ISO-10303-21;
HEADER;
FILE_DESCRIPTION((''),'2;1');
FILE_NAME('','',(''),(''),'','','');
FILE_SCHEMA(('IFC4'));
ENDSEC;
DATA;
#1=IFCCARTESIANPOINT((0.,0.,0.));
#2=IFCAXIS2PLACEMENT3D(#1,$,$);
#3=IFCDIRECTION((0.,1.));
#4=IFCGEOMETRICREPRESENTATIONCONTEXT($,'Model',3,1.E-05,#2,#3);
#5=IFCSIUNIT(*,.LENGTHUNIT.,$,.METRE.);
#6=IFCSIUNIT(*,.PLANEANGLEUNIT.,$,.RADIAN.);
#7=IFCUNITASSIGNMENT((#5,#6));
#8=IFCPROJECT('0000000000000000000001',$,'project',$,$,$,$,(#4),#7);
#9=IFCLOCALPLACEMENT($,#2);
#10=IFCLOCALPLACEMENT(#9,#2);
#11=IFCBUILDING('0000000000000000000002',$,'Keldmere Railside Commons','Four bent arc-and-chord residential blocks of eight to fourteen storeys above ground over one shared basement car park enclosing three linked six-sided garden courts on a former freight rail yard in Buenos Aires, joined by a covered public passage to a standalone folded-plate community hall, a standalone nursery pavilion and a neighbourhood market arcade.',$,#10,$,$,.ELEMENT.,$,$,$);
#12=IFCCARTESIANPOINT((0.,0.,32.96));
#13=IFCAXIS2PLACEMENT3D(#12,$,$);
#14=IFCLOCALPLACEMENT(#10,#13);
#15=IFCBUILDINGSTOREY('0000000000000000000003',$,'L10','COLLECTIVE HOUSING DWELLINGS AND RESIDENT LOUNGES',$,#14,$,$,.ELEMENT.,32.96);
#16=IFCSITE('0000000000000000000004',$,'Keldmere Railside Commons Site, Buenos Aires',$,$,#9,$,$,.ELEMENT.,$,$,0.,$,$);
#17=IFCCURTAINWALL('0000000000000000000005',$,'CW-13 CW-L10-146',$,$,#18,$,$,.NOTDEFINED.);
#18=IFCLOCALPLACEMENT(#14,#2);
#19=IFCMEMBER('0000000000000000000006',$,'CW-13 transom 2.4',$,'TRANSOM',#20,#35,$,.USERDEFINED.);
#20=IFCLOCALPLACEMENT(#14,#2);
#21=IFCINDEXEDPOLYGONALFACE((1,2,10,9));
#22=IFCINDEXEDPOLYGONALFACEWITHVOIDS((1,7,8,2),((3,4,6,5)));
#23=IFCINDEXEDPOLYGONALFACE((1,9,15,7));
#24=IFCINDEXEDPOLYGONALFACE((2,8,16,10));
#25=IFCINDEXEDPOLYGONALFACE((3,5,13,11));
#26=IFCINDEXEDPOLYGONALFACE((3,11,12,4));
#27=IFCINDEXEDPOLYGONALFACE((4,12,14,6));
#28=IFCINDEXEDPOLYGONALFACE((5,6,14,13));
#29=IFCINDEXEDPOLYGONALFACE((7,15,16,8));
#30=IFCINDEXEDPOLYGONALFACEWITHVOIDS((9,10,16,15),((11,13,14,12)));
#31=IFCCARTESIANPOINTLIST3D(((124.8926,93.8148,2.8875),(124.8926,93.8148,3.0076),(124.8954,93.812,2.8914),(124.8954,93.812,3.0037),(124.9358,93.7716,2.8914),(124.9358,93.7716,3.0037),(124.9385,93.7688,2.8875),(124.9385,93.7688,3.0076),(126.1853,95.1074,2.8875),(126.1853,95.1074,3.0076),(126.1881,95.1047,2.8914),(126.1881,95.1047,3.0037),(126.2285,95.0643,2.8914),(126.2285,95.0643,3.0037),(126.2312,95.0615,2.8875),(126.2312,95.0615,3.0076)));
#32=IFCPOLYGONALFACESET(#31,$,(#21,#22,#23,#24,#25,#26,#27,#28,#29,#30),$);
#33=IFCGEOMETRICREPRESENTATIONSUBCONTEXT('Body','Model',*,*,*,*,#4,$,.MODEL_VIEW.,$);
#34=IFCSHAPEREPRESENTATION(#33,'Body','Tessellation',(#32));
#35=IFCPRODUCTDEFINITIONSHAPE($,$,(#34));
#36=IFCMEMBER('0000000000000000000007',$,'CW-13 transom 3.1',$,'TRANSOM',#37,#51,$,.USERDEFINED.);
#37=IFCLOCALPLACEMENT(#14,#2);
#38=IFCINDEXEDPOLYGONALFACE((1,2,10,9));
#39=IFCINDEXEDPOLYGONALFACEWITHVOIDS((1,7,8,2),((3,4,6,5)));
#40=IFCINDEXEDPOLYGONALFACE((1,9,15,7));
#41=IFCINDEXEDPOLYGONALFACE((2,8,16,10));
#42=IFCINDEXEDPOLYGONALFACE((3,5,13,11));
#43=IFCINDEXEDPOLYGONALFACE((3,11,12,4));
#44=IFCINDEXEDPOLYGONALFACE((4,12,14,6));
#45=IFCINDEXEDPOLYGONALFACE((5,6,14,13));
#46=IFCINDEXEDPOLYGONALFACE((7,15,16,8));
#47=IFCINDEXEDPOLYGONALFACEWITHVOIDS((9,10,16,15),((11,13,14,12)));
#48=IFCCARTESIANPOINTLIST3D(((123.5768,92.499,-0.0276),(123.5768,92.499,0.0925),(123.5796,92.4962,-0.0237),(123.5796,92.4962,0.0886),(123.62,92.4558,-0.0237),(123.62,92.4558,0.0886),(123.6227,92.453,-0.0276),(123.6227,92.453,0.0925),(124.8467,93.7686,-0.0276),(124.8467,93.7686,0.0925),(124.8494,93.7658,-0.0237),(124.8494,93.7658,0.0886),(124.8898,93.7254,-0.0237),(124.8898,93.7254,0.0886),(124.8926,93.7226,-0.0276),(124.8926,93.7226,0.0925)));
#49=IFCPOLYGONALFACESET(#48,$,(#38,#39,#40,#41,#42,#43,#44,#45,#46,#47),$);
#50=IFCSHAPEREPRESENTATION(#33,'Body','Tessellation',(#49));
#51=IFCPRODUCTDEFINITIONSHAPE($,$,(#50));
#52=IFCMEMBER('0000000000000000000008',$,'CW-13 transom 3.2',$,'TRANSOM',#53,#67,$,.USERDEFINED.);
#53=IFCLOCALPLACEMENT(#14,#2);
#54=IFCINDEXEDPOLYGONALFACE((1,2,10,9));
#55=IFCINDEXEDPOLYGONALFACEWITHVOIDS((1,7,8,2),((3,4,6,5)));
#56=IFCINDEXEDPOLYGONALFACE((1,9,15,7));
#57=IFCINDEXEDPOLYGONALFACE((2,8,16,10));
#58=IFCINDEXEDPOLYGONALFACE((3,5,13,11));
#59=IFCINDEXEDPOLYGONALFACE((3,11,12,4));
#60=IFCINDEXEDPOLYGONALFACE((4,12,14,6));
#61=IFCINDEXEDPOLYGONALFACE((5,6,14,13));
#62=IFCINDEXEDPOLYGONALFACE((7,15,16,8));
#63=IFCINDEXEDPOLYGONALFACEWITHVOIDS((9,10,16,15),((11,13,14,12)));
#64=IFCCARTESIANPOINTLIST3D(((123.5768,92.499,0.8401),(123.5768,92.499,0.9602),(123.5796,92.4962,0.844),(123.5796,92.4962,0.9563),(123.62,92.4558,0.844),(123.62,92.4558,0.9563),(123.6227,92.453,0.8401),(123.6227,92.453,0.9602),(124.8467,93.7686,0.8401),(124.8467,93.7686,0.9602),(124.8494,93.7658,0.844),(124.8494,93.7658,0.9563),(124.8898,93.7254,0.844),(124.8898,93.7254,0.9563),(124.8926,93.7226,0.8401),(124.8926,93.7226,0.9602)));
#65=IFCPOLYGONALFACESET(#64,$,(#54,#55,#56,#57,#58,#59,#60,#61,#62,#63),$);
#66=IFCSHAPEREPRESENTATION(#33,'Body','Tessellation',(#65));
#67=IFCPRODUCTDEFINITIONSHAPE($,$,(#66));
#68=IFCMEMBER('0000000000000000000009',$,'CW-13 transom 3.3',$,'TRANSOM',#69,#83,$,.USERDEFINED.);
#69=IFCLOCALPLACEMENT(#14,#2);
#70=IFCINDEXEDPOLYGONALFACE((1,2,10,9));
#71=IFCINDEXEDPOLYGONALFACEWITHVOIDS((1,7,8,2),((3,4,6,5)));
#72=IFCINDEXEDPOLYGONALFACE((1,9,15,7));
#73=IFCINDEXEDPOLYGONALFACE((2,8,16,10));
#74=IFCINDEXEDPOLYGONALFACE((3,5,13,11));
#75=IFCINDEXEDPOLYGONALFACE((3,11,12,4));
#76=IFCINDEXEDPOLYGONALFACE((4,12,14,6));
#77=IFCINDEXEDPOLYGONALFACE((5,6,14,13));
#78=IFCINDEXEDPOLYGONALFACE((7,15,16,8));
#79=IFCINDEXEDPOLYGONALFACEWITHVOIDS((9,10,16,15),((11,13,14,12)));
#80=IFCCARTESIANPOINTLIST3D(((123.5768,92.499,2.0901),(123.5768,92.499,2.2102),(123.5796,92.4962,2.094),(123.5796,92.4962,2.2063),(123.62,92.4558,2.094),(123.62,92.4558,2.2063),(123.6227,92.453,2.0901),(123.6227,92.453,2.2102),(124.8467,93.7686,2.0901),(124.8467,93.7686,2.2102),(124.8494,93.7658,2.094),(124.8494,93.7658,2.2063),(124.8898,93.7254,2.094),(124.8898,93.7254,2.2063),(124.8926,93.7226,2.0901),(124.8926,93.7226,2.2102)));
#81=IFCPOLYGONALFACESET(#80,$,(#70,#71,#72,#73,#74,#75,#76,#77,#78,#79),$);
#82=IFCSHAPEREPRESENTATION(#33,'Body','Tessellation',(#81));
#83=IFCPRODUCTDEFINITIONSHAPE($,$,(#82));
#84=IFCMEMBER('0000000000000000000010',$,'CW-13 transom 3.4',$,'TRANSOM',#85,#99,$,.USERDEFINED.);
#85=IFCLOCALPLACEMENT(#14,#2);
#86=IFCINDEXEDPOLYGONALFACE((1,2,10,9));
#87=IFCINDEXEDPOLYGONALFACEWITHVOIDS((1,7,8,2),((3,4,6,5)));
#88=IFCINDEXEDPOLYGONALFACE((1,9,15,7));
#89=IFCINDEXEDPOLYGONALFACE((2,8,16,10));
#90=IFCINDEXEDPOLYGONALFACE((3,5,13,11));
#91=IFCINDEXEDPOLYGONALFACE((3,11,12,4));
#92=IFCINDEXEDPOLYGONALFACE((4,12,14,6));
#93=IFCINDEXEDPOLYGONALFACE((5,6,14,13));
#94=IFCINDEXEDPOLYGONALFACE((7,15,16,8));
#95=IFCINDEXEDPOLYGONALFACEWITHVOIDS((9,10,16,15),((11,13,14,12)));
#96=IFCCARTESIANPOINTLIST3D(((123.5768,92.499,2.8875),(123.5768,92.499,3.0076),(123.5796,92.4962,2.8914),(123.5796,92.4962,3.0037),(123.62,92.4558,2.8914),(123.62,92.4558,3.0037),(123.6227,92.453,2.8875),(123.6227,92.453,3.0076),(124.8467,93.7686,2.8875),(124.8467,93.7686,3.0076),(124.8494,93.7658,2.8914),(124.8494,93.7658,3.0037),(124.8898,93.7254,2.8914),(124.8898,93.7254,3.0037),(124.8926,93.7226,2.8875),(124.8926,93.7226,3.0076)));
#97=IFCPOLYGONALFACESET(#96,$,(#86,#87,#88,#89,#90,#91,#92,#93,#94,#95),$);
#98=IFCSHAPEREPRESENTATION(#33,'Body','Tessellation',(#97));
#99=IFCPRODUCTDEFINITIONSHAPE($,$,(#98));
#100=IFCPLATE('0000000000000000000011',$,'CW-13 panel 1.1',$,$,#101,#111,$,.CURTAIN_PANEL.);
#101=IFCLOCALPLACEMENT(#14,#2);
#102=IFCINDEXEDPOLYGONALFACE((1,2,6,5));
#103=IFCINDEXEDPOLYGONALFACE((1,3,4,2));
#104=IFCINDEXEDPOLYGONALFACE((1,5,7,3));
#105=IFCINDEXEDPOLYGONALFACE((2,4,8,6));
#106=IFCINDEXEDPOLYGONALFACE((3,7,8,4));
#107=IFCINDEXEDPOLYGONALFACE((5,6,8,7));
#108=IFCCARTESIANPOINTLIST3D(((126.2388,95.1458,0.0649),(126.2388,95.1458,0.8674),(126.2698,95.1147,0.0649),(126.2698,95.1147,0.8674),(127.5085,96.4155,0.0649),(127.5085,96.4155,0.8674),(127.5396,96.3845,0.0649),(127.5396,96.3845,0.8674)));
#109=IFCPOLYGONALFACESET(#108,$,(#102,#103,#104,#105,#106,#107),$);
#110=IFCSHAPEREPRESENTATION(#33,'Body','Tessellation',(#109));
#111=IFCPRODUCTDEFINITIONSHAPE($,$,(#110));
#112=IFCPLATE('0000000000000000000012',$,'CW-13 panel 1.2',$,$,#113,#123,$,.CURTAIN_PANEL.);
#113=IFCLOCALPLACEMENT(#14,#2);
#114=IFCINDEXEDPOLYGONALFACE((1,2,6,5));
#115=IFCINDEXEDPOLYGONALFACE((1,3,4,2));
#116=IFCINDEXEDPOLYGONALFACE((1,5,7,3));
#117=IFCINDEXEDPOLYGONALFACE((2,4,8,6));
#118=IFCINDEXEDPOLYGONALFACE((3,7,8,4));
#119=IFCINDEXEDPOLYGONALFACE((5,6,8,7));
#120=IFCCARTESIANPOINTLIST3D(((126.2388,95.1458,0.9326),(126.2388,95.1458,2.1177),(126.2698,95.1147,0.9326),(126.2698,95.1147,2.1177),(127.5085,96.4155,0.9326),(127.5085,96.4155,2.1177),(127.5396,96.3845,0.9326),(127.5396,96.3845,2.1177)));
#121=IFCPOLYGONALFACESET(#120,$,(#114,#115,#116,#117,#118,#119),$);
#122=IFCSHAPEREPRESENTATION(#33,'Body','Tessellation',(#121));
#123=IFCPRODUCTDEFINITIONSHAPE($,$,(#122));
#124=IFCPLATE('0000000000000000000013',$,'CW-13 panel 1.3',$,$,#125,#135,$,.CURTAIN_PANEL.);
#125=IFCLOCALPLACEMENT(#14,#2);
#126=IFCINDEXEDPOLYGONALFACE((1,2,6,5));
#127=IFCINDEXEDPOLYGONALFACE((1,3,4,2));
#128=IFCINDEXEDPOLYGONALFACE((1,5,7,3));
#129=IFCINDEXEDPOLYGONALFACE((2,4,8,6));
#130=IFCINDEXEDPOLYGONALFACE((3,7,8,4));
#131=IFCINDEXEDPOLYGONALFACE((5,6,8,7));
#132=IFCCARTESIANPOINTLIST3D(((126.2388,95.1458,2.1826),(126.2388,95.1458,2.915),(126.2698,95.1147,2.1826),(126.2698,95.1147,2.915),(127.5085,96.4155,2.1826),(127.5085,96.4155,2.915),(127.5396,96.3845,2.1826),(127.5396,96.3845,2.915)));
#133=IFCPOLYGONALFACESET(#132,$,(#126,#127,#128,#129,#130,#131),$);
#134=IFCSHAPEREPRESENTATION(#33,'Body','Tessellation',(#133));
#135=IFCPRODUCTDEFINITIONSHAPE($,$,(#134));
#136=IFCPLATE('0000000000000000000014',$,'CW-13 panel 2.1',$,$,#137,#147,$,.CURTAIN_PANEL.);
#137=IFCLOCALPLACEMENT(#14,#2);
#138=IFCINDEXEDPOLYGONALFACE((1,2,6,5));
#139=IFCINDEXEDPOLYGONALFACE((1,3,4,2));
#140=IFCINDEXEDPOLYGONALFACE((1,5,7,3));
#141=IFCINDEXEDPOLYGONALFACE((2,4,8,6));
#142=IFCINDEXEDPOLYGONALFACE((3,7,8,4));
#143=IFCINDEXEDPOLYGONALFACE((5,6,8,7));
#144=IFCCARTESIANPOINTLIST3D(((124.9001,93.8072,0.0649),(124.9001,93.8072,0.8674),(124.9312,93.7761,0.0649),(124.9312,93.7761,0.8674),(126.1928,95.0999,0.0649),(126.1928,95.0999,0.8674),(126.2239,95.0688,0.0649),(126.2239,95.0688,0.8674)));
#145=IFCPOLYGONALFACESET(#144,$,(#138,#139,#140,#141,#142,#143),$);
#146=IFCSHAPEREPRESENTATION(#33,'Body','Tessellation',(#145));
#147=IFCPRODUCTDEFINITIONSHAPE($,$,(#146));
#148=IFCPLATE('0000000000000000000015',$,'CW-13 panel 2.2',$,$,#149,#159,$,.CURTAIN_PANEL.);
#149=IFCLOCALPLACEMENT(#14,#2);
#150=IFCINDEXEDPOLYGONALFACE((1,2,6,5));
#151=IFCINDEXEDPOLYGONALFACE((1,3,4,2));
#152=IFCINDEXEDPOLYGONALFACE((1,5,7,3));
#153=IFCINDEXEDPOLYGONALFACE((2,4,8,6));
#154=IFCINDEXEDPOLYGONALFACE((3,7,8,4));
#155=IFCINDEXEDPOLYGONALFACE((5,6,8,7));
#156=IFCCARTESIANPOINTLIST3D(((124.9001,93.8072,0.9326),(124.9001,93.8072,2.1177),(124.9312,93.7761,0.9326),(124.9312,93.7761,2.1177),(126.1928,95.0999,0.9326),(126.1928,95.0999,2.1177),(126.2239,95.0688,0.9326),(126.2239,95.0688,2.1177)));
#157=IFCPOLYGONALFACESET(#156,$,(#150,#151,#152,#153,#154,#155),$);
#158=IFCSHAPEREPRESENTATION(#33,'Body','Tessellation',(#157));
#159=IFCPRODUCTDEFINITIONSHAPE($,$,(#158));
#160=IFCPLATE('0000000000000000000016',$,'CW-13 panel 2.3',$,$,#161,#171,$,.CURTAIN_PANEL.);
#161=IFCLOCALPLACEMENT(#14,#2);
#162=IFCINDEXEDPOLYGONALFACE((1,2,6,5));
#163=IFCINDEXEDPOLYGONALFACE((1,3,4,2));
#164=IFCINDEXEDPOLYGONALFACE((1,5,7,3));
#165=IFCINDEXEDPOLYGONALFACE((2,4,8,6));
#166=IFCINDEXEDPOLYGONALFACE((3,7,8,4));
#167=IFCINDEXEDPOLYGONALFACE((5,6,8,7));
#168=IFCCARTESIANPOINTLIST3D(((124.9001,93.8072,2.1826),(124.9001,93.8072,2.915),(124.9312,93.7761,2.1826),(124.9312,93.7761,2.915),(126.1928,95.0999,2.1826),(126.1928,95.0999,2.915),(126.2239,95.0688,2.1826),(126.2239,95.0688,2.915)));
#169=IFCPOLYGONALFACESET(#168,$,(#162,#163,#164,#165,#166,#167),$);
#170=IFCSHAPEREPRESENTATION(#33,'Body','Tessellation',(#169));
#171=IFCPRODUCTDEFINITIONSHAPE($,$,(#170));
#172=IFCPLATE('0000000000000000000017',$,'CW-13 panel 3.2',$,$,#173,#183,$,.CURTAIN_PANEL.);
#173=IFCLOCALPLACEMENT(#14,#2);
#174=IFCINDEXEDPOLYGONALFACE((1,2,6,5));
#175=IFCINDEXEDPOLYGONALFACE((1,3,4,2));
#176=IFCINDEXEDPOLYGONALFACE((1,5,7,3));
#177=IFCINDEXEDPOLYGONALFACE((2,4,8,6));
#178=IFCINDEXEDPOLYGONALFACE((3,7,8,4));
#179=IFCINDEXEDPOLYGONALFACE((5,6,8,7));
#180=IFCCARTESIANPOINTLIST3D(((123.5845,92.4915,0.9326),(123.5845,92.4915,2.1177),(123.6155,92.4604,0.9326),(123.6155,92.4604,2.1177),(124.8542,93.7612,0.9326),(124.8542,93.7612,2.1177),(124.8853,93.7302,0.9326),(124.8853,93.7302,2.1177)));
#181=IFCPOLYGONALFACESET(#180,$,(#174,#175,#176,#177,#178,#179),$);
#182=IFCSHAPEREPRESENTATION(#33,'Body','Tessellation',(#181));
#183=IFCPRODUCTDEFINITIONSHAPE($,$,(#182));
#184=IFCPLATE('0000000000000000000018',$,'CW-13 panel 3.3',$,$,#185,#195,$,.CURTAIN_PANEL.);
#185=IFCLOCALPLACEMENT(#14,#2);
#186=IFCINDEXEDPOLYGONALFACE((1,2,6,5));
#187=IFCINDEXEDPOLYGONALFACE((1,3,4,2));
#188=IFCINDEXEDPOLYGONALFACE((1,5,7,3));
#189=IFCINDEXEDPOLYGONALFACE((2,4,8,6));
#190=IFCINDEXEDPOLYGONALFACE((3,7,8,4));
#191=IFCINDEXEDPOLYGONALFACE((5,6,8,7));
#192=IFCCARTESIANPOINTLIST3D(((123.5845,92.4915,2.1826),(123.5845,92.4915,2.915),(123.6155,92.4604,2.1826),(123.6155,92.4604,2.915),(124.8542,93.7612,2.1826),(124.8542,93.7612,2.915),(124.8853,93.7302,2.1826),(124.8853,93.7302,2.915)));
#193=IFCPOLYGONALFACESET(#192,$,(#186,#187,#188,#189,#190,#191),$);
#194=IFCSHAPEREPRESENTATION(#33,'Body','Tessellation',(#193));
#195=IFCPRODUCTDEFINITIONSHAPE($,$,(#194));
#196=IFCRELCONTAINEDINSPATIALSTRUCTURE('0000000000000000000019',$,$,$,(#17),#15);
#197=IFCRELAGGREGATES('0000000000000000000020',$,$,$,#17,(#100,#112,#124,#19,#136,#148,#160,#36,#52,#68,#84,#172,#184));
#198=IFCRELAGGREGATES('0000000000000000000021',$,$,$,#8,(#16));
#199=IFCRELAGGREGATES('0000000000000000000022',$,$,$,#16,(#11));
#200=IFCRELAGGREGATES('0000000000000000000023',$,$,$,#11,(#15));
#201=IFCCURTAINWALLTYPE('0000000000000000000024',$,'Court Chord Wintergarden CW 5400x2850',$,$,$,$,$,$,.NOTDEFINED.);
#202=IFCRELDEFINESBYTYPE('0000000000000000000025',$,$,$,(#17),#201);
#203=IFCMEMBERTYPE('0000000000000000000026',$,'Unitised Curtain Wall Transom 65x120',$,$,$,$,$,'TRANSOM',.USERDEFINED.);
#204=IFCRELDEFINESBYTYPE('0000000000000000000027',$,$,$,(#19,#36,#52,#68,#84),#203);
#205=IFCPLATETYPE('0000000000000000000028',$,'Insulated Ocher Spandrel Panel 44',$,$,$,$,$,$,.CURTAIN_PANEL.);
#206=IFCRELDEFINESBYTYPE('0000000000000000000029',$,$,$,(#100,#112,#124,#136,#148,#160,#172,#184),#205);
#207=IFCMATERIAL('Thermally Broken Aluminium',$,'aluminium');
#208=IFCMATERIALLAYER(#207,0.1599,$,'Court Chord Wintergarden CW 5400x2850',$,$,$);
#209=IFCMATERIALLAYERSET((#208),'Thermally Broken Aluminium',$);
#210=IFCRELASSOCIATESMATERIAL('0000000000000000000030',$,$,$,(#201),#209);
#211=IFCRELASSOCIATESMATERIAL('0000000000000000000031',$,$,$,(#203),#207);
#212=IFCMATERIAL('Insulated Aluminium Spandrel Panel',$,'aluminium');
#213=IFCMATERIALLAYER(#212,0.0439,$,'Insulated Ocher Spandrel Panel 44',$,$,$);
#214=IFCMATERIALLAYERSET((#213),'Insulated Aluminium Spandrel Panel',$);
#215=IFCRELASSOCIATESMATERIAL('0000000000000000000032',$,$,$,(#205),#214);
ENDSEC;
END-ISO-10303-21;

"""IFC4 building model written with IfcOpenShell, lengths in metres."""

from ifc_helpers import new_model, si_unit, direction, frame, origin, origin_2d, place, context, subcontext, project, spatial, rectangle, hollow_rectangle, extrude, material, layer, layer_set, material_profile, profile_set, type_object, element, aggregate, save


model = new_model("IFC4")

# Units and contexts
model_context = context("Model", 3, precision=1e-05, world=origin(), true_north=direction((0.0, 1.0)))
body_context = subcontext(model_context, "Body", "Model", "MODEL_VIEW")
ifc_project = project(units=[si_unit("LENGTHUNIT", "METRE"), si_unit("PLANEANGLEUNIT", "RADIAN")], contexts=[model_context])

# Site, building, storey
site_placement = place(None, origin())
site = spatial("IfcSite", under=ifc_project, at=site_placement, Name="Keldmere Railside Commons Site, Buenos Aires", CompositionType="ELEMENT", RefElevation=0.0)
building_placement = place(site_placement, origin())
building = spatial("IfcBuilding", under=site, at=building_placement, Name="Keldmere Railside Commons", Description="Four bent arc-and-chord residential blocks of eight to fourteen storeys above ground over one shared basement car park enclosing three linked six-sided garden courts on a former freight rail yard in Buenos Aires, joined by a covered public passage to a standalone folded-plate community hall, a standalone nursery pavilion and a neighbourhood market arcade.", CompositionType="ELEMENT")
storey_placement = place(building_placement, frame((0.0, 0.0, 32.96)))
storey = spatial("IfcBuildingStorey", under=building, at=storey_placement, Name="L10", Description="COLLECTIVE HOUSING DWELLINGS AND RESIDENT LOUNGES", CompositionType="ELEMENT", Elevation=32.96)

# Curtain wall
ifc_material_1 = material(Name="Thermally Broken Aluminium", Category="aluminium")
ifc_layer_1 = layer(ifc_material_1, 0.1599, Name="Court Chord Wintergarden CW 5400x2850")
ifc_layer_set_1 = layer_set([ifc_layer_1], Name="Thermally Broken Aluminium")
curtain_wall_type_1 = type_object("IfcCurtainWallType", Name="Court Chord Wintergarden CW 5400x2850", PredefinedType="NOTDEFINED", material=ifc_layer_set_1)
curtain_wall_1_placement = place(storey_placement, origin())
curtain_wall_1 = element("IfcCurtainWall", 1, at=curtain_wall_1_placement, inside=storey, type_object=curtain_wall_type_1, Name="CW-13 CW-L10-146", PredefinedType="NOTDEFINED")

# Members
ifc_material_profile_1 = material_profile(ifc_material_1, hollow_rectangle(XDim=0.0649, YDim=0.1201, WallThickness=0.0039, at=origin_2d()), Name="ALU-TRAN-65x120")
ifc_profile_set_1 = profile_set([ifc_material_profile_1], Name="Thermally Broken Aluminium")
member_type_1 = type_object("IfcMemberType", Name="Unitised Curtain Wall Transom 65x120", ElementType="TRANSOM", PredefinedType="USERDEFINED", material=ifc_profile_set_1)
member_1_placement = place(storey_placement, frame((126.2083, 95.0845, 2.9475), z_axis=(-0.707107, -0.707107, 0.0), x_axis=(0.707107, -0.707107, 0.0)))
member_1 = element("IfcMember", 2, at=member_1_placement, type_object=member_type_1, Name="CW-13 transom 2.4", ObjectType="TRANSOM", PredefinedType="USERDEFINED", context=body_context, shape_type="SweptSolid", body=[
    extrude(hollow_rectangle(XDim=0.0649, YDim=0.1201, WallThickness=0.0039, at=origin_2d()), origin(), (0.0, 0.0, 1.0), 1.8281),
])
member_2_placement = place(storey_placement, frame((124.8696, 93.7456, 0.0325), z_axis=(-0.707175, -0.707039, 0.0), x_axis=(0.707039, -0.707175, 0.0)))
member_2 = element("IfcMember", 3, at=member_2_placement, type_object=member_type_1, Name="CW-13 transom 3.1", ObjectType="TRANSOM", PredefinedType="USERDEFINED", context=body_context, shape_type="SweptSolid", body=[
    extrude(hollow_rectangle(XDim=0.0649, YDim=0.1201, WallThickness=0.0039, at=origin_2d()), origin(), (0.0, 0.0, 1.0), 1.7957),
])
member_3_placement = place(storey_placement, frame((124.8696, 93.7456, 0.9001), z_axis=(-0.707175, -0.707039, 0.0), x_axis=(0.707039, -0.707175, 0.0)))
member_3 = element("IfcMember", 4, at=member_3_placement, type_object=member_type_1, Name="CW-13 transom 3.2", ObjectType="TRANSOM", PredefinedType="USERDEFINED", context=body_context, shape_type="SweptSolid", body=[
    extrude(hollow_rectangle(XDim=0.0649, YDim=0.1201, WallThickness=0.0039, at=origin_2d()), origin(), (0.0, 0.0, 1.0), 1.7957),
])
member_4_placement = place(storey_placement, frame((124.8696, 93.7456, 2.1501), z_axis=(-0.707175, -0.707039, 0.0), x_axis=(0.707039, -0.707175, 0.0)))
member_4 = element("IfcMember", 5, at=member_4_placement, type_object=member_type_1, Name="CW-13 transom 3.3", ObjectType="TRANSOM", PredefinedType="USERDEFINED", context=body_context, shape_type="SweptSolid", body=[
    extrude(hollow_rectangle(XDim=0.0649, YDim=0.1201, WallThickness=0.0039, at=origin_2d()), origin(), (0.0, 0.0, 1.0), 1.7957),
])
member_5_placement = place(storey_placement, frame((124.8696, 93.7456, 2.9475), z_axis=(-0.707175, -0.707039, 0.0), x_axis=(0.707039, -0.707175, 0.0)))
member_5 = element("IfcMember", 6, at=member_5_placement, type_object=member_type_1, Name="CW-13 transom 3.4", ObjectType="TRANSOM", PredefinedType="USERDEFINED", context=body_context, shape_type="SweptSolid", body=[
    extrude(hollow_rectangle(XDim=0.0649, YDim=0.1201, WallThickness=0.0039, at=origin_2d()), origin(), (0.0, 0.0, 1.0), 1.7957),
])

# Plates
ifc_material_2 = material(Name="Insulated Aluminium Spandrel Panel", Category="aluminium")
ifc_layer_2 = layer(ifc_material_2, 0.0439, Name="Insulated Ocher Spandrel Panel 44")
ifc_layer_set_2 = layer_set([ifc_layer_2], Name="Insulated Aluminium Spandrel Panel")
plate_type_1 = type_object("IfcPlateType", Name="Insulated Ocher Spandrel Panel 44", PredefinedType="CURTAIN_PANEL", material=ifc_layer_set_2)
plate_1_placement = place(storey_placement, frame((126.8892, 95.7651, 0.0649), z_axis=(0.0, 0.0, 1.0), x_axis=(-0.707107, -0.707107, 0.0)))
plate_1 = element("IfcPlate", 7, at=plate_1_placement, type_object=plate_type_1, Name="CW-13 panel 1.1", PredefinedType="CURTAIN_PANEL", context=body_context, shape_type="SweptSolid", body=[
    extrude(rectangle(XDim=1.7957, YDim=0.0439, at=origin_2d()), origin(), (0.0, 0.0, 1.0), 0.8025),
])
plate_2_placement = place(storey_placement, frame((126.8892, 95.7651, 0.9326), z_axis=(0.0, 0.0, 1.0), x_axis=(-0.707107, -0.707107, 0.0)))
plate_2 = element("IfcPlate", 8, at=plate_2_placement, type_object=plate_type_1, Name="CW-13 panel 1.2", PredefinedType="CURTAIN_PANEL", context=body_context, shape_type="SweptSolid", body=[
    extrude(rectangle(XDim=1.7957, YDim=0.0439, at=origin_2d()), origin(), (0.0, 0.0, 1.0), 1.1851),
])
plate_3_placement = place(storey_placement, frame((126.8892, 95.7651, 2.1826), z_axis=(0.0, 0.0, 1.0), x_axis=(-0.707107, -0.707107, 0.0)))
plate_3 = element("IfcPlate", 9, at=plate_3_placement, type_object=plate_type_1, Name="CW-13 panel 1.3", PredefinedType="CURTAIN_PANEL", context=body_context, shape_type="SweptSolid", body=[
    extrude(rectangle(XDim=1.7957, YDim=0.0439, at=origin_2d()), origin(), (0.0, 0.0, 1.0), 0.7324),
])
plate_4_placement = place(storey_placement, frame((125.562, 94.438, 0.0649), z_axis=(0.0, 0.0, 1.0), x_axis=(-0.707107, -0.707107, 0.0)))
plate_4 = element("IfcPlate", 10, at=plate_4_placement, type_object=plate_type_1, Name="CW-13 panel 2.1", PredefinedType="CURTAIN_PANEL", context=body_context, shape_type="SweptSolid", body=[
    extrude(rectangle(XDim=1.8281, YDim=0.0439, at=origin_2d()), origin(), (0.0, 0.0, 1.0), 0.8025),
])
plate_5_placement = place(storey_placement, frame((125.562, 94.438, 0.9326), z_axis=(0.0, 0.0, 1.0), x_axis=(-0.707107, -0.707107, 0.0)))
plate_5 = element("IfcPlate", 11, at=plate_5_placement, type_object=plate_type_1, Name="CW-13 panel 2.2", PredefinedType="CURTAIN_PANEL", context=body_context, shape_type="SweptSolid", body=[
    extrude(rectangle(XDim=1.8281, YDim=0.0439, at=origin_2d()), origin(), (0.0, 0.0, 1.0), 1.1851),
])
plate_6_placement = place(storey_placement, frame((125.562, 94.438, 2.1826), z_axis=(0.0, 0.0, 1.0), x_axis=(-0.707107, -0.707107, 0.0)))
plate_6 = element("IfcPlate", 12, at=plate_6_placement, type_object=plate_type_1, Name="CW-13 panel 2.3", PredefinedType="CURTAIN_PANEL", context=body_context, shape_type="SweptSolid", body=[
    extrude(rectangle(XDim=1.8281, YDim=0.0439, at=origin_2d()), origin(), (0.0, 0.0, 1.0), 0.7324),
])
plate_7_placement = place(storey_placement, frame((124.2349, 93.1108, 0.9326), z_axis=(0.0, 0.0, 1.0), x_axis=(-0.707107, -0.707107, 0.0)))
plate_7 = element("IfcPlate", 13, at=plate_7_placement, type_object=plate_type_1, Name="CW-13 panel 3.2", PredefinedType="CURTAIN_PANEL", context=body_context, shape_type="SweptSolid", body=[
    extrude(rectangle(XDim=1.7957, YDim=0.0439, at=origin_2d()), origin(), (0.0, 0.0, 1.0), 1.1851),
])
plate_8_placement = place(storey_placement, frame((124.2349, 93.1108, 2.1826), z_axis=(0.0, 0.0, 1.0), x_axis=(-0.707107, -0.707107, 0.0)))
plate_8 = element("IfcPlate", 14, at=plate_8_placement, type_object=plate_type_1, Name="CW-13 panel 3.3", PredefinedType="CURTAIN_PANEL", context=body_context, shape_type="SweptSolid", body=[
    extrude(rectangle(XDim=1.7957, YDim=0.0439, at=origin_2d()), origin(), (0.0, 0.0, 1.0), 0.7324),
])
aggregate(curtain_wall_1, [plate_1, plate_2, plate_3, member_1, plate_4, plate_5, plate_6, member_2, member_3, member_4, member_5, plate_7, plate_8])

save(model, "model.ifc")
